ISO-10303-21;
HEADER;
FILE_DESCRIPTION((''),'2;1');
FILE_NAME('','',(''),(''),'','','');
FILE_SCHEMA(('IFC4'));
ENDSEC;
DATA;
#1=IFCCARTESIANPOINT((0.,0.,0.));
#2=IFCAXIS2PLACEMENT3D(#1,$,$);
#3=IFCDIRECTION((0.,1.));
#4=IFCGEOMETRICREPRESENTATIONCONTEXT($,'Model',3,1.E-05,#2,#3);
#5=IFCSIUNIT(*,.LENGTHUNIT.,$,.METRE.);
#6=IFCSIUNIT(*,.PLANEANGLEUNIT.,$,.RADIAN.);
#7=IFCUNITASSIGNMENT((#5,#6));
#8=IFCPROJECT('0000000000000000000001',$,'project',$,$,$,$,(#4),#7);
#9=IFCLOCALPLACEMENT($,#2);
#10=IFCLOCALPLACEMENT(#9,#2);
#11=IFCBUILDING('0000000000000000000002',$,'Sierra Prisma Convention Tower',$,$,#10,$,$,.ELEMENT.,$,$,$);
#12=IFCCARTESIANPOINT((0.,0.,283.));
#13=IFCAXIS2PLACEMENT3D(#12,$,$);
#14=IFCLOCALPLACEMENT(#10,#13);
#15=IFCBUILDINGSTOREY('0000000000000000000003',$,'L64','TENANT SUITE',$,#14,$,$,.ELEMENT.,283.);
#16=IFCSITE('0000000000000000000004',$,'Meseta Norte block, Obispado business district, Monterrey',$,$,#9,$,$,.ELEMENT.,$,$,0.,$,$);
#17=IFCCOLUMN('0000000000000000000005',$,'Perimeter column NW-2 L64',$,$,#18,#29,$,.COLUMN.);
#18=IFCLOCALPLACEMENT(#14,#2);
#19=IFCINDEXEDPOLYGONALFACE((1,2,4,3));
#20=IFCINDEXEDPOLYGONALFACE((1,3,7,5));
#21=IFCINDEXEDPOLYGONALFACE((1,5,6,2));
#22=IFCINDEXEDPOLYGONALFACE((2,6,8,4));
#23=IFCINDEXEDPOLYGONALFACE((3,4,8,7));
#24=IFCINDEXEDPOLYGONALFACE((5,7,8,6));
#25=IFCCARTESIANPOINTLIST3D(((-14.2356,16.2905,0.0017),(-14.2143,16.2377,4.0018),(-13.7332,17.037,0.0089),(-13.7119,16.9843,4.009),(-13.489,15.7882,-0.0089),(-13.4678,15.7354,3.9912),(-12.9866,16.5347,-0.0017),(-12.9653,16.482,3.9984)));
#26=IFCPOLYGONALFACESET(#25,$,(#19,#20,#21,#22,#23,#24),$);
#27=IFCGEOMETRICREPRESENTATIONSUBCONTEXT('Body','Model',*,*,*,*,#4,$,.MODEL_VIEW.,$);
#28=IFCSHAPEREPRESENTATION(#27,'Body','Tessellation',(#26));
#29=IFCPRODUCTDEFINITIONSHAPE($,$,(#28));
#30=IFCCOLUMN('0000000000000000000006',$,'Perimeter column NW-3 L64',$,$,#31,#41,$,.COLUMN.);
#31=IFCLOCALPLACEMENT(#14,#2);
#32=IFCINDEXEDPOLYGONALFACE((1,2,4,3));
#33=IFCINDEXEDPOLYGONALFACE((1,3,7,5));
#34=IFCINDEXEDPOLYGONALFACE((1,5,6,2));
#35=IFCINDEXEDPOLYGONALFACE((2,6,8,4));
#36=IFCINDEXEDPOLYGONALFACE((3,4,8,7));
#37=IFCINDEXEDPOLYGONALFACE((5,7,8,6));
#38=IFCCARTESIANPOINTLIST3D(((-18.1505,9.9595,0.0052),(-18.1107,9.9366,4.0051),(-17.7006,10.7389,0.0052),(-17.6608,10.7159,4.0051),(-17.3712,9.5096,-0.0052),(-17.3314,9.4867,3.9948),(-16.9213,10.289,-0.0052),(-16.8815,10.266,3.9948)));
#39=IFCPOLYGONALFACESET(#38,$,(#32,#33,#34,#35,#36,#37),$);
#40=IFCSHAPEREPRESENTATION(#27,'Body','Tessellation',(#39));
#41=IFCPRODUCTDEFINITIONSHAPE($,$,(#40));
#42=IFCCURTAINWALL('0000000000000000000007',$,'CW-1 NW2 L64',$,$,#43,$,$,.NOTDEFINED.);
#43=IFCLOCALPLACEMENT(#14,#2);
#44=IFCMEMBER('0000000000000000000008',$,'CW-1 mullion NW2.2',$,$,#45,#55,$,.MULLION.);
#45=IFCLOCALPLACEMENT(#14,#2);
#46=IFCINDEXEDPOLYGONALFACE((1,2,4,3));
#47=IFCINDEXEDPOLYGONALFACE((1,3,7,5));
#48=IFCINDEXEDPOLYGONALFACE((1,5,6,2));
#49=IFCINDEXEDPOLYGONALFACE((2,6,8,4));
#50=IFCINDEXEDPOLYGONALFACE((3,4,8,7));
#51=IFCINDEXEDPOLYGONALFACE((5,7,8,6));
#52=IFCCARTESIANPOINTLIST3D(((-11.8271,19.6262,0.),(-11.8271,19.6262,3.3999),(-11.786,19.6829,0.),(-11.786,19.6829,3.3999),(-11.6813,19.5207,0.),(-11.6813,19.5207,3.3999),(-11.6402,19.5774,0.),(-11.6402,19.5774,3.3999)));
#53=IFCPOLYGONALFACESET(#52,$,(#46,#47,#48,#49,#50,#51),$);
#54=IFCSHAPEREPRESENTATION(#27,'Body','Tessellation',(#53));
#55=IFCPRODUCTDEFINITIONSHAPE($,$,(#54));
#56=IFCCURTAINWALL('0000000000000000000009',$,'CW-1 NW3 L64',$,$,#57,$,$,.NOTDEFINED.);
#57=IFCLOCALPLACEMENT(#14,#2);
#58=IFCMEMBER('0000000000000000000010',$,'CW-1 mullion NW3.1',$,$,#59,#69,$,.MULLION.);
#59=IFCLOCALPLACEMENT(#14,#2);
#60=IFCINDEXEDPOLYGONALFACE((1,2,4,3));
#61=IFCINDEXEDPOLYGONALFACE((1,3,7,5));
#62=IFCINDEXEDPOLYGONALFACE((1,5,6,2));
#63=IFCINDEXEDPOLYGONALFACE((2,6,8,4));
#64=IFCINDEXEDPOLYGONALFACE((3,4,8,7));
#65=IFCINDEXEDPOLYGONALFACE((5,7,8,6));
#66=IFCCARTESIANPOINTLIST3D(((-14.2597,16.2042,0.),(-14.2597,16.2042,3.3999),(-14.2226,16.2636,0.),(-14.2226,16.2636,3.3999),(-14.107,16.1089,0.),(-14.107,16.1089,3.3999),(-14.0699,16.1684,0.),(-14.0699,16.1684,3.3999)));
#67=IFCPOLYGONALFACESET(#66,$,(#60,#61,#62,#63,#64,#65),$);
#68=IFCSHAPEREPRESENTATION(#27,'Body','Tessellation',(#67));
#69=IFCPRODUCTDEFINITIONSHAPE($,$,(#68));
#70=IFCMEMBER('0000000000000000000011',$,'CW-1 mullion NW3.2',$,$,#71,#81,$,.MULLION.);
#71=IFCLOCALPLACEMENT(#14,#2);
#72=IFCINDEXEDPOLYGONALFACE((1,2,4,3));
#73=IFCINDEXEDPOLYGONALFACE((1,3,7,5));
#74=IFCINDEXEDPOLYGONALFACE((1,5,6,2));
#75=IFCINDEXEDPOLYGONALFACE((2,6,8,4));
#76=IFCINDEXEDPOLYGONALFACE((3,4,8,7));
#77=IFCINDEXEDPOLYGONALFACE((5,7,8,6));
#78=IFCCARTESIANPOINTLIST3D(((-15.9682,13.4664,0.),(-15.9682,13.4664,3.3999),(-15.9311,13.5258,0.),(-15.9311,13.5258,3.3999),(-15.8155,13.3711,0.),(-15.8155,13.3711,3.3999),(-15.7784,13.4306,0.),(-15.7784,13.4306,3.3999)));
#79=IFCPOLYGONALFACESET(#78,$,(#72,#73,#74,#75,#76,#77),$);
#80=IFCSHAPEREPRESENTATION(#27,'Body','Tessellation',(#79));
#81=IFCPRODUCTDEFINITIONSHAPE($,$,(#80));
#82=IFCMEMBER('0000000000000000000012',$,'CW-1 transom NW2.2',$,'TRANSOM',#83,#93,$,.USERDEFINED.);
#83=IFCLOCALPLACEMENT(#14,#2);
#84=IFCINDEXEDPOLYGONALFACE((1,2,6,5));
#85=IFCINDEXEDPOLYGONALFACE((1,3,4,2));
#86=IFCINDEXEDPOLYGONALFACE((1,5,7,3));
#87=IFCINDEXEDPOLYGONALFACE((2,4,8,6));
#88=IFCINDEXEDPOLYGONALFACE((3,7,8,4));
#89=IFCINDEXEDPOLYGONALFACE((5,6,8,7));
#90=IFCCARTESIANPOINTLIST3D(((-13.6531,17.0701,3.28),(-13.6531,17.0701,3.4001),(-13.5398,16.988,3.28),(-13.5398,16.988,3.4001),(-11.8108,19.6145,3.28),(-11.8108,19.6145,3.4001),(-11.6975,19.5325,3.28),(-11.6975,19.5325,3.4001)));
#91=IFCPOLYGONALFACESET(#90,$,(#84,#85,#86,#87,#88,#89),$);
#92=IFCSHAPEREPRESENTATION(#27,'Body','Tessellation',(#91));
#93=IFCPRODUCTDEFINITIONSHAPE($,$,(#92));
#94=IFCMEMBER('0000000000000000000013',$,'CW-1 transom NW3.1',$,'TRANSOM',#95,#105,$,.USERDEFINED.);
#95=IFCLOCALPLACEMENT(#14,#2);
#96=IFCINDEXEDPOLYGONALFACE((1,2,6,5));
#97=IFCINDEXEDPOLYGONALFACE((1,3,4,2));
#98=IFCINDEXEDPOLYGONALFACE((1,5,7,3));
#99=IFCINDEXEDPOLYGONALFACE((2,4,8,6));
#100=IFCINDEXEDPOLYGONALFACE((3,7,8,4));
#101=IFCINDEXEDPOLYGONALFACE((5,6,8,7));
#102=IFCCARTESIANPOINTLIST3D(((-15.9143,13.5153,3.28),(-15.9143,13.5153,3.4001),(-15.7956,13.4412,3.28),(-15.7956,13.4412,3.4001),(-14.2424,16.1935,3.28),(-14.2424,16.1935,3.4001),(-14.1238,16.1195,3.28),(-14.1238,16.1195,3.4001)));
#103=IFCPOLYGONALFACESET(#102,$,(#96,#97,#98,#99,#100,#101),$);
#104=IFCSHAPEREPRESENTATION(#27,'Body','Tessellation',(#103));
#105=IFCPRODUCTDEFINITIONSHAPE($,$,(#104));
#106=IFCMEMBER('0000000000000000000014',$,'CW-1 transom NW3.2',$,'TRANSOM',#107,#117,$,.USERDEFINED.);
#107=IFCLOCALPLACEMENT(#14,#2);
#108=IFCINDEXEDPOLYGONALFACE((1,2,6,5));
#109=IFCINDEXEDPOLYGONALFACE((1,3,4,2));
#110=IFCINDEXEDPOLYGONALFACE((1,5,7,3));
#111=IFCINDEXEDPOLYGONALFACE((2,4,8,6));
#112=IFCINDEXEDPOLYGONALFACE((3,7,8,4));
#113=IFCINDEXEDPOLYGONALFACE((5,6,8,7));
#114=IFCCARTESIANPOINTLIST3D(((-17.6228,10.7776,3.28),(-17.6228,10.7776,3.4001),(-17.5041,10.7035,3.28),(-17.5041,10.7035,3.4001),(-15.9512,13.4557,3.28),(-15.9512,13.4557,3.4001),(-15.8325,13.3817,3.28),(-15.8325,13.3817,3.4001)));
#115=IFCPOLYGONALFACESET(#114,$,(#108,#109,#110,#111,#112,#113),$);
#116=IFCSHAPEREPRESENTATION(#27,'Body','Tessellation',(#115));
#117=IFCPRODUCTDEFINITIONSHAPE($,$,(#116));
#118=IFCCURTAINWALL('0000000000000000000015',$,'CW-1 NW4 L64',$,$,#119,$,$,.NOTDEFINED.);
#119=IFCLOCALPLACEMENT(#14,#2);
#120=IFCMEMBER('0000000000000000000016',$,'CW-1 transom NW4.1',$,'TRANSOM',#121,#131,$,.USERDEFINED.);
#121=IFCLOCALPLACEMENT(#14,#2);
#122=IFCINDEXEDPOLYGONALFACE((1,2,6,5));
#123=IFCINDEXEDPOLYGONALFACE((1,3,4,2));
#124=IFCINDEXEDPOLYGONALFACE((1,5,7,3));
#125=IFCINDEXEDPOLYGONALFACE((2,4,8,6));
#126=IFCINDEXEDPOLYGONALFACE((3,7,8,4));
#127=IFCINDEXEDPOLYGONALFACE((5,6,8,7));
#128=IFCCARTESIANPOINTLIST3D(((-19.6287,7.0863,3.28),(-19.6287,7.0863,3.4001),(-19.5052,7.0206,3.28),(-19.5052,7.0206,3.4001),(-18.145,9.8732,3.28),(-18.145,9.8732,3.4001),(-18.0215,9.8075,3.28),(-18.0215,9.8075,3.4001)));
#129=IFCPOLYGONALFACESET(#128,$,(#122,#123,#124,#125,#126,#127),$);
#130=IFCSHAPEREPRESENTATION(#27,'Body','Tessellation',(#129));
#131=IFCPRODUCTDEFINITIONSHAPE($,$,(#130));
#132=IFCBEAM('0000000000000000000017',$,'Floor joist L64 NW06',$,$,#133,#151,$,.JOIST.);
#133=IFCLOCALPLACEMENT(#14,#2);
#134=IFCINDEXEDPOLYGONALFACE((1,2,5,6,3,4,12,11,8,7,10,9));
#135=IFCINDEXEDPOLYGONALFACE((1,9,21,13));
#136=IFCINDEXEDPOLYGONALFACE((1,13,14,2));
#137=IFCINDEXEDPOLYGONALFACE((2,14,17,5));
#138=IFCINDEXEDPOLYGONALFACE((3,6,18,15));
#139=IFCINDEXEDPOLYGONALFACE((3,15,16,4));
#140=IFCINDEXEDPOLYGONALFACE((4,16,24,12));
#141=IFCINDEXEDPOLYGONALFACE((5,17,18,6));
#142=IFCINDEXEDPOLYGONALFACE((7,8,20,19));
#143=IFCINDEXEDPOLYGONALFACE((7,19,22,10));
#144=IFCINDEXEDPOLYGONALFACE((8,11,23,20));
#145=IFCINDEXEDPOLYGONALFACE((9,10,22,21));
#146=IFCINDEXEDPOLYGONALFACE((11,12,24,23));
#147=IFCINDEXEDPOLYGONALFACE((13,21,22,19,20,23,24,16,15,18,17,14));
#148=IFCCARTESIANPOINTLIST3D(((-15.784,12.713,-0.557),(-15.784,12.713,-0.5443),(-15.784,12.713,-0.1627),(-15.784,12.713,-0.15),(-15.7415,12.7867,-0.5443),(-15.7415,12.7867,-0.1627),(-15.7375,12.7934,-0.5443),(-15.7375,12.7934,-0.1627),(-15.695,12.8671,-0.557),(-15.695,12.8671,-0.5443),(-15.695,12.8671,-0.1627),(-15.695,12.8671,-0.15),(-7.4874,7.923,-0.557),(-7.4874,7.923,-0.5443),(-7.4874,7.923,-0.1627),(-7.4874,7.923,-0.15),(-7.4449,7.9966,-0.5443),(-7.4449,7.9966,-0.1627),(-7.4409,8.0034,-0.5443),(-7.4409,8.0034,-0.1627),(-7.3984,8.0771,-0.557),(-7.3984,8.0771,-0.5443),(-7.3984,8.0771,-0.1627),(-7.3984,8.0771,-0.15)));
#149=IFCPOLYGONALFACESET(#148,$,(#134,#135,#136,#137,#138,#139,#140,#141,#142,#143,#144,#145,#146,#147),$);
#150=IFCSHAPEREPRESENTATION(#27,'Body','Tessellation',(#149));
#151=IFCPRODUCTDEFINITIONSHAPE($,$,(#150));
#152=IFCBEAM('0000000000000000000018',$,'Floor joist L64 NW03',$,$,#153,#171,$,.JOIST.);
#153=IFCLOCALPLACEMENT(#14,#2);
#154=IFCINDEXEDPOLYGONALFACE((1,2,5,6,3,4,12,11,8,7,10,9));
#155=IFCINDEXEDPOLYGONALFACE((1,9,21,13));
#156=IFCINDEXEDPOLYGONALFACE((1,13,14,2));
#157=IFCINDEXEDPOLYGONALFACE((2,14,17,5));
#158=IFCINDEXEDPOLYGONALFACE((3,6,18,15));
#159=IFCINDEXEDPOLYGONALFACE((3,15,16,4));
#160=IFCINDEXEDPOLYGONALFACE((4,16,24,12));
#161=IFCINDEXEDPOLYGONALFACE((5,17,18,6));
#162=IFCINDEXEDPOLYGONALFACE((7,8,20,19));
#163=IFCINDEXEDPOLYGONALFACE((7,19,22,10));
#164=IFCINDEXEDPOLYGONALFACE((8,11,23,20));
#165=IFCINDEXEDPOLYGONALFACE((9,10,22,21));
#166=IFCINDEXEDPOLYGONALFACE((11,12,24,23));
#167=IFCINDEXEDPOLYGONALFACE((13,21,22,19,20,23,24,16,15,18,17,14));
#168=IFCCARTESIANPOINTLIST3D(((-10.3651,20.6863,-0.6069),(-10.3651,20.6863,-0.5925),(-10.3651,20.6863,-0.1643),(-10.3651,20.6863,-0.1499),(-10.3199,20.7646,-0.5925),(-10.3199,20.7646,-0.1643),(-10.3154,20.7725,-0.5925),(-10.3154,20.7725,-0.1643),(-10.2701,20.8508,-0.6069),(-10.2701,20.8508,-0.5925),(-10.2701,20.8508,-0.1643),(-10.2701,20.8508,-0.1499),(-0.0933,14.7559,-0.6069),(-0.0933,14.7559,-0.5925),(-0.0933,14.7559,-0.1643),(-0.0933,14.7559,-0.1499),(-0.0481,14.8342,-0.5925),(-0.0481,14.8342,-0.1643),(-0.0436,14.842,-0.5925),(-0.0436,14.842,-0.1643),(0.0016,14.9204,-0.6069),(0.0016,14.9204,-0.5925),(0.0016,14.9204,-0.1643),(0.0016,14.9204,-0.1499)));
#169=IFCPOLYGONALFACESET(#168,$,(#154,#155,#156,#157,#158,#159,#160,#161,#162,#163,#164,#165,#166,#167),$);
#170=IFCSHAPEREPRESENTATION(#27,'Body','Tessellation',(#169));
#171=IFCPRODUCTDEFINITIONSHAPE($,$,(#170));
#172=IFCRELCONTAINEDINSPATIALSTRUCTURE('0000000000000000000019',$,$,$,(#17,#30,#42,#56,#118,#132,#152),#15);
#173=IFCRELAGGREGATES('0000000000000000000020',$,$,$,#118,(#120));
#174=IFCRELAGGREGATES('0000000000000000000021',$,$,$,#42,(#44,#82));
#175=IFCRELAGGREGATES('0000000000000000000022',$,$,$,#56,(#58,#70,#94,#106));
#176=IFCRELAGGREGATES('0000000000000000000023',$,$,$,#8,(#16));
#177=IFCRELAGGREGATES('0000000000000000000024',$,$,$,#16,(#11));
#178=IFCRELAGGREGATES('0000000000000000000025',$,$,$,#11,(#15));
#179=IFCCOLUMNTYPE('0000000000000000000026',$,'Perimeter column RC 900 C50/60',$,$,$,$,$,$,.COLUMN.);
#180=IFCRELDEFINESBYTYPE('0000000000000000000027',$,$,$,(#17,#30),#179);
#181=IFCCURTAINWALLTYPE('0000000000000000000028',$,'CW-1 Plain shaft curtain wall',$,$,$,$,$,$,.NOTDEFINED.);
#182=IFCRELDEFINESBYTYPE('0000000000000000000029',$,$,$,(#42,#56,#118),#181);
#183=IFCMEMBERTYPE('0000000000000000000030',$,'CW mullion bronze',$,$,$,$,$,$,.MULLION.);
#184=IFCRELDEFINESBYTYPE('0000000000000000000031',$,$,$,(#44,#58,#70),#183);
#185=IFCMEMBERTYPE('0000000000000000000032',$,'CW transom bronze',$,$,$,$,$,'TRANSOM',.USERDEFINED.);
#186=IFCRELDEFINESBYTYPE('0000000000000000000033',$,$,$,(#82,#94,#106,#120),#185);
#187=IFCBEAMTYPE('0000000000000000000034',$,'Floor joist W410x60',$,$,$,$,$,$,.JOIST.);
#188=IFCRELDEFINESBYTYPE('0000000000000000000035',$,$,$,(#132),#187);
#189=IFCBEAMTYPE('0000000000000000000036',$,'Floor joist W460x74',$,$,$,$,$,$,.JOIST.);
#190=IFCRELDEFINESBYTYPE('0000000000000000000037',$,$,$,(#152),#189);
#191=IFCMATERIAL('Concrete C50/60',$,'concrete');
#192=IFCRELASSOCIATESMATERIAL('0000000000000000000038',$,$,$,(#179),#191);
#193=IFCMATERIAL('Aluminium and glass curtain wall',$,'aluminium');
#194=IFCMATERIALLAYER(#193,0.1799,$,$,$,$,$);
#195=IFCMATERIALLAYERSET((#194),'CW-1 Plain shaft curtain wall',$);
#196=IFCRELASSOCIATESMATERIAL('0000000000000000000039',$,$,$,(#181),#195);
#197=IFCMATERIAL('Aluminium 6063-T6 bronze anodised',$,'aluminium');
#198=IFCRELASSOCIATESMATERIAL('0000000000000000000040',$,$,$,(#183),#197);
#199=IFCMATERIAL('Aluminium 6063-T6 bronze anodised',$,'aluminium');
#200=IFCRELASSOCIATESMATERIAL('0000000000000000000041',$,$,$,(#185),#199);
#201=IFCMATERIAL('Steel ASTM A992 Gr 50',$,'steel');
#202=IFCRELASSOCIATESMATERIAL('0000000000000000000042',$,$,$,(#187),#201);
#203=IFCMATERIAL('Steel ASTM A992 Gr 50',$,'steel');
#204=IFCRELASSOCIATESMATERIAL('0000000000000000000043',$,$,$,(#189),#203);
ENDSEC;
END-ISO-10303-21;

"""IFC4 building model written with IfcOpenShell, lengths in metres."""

from ifc_helpers import new_model, si_unit, direction, frame, origin, origin_2d, place, context, subcontext, project, spatial, rectangle, i_section, extrude, material, layer, layer_set, material_profile, profile_set, type_object, element, aggregate, save


model = new_model("IFC4")

# Units and contexts
model_context = context("Model", 3, precision=1e-05, world=origin(), true_north=direction((0.0, 1.0)))
body_context = subcontext(model_context, "Body", "Model", "MODEL_VIEW")
ifc_project = project(units=[si_unit("LENGTHUNIT", "METRE"), si_unit("PLANEANGLEUNIT", "RADIAN")], contexts=[model_context])

# Site, building, storey
site_placement = place(None, origin())
site = spatial("IfcSite", under=ifc_project, at=site_placement, Name="Meseta Norte block, Obispado business district, Monterrey", CompositionType="ELEMENT", RefElevation=0.0)
building_placement = place(site_placement, origin())
building = spatial("IfcBuilding", under=site, at=building_placement, Name="Sierra Prisma Convention Tower", CompositionType="ELEMENT")
storey_placement = place(building_placement, frame((0.0, 0.0, 283.0)))
storey = spatial("IfcBuildingStorey", under=building, at=storey_placement, Name="L64", Description="TENANT SUITE", CompositionType="ELEMENT", Elevation=283.0)

# Columns
ifc_material_1 = material(Name="Concrete C50/60", Category="concrete")
ifc_material_profile_1 = material_profile(ifc_material_1, rectangle(XDim=0.8999, YDim=0.8999, at=origin_2d()), Name="Perimeter column RC 900 C50/60")
ifc_profile_set_1 = profile_set([ifc_material_profile_1], Name="Concrete C50/60")
column_type = type_object("IfcColumnType", Name="Perimeter column RC 900 C50/60", PredefinedType="COLUMN", material=ifc_profile_set_1)
column_1_placement = place(storey_placement, frame((-13.6111, 16.4126, 0.0), z_axis=(0.00531, -0.013182, 0.999899), x_axis=(0.558296, 0.829603, 0.007973)))
element("IfcColumn", 1, at=column_1_placement, inside=storey, type_object=column_type, Name="Perimeter column NW-2 L64", PredefinedType="COLUMN", context=body_context, shape_type="SweptSolid", body=[
    extrude(rectangle(XDim=0.8999, YDim=0.8999, at=origin_2d()), origin(), (0.0, 0.0, 1.0), 4.0005),
])
column_2_placement = place(storey_placement, frame((-17.5359, 10.1243, 0.0), z_axis=(0.009948, -0.005737, 0.999934), x_axis=(0.499975, 0.86604, -0.000005)))
element("IfcColumn", 2, at=column_2_placement, inside=storey, type_object=column_type, Name="Perimeter column NW-3 L64", PredefinedType="COLUMN", context=body_context, shape_type="SweptSolid", body=[
    extrude(rectangle(XDim=0.8999, YDim=0.8999, at=origin_2d()), origin(), (0.0, 0.0, 1.0), 4.0002),
])

# Curtain wall, member
ifc_material_2 = material(Name="Aluminium and glass curtain wall", Category="aluminium")
ifc_layer_1 = layer(ifc_material_2, 0.1799)
ifc_layer_set_1 = layer_set([ifc_layer_1], Name="CW-1 Plain shaft curtain wall")
curtain_wall_type = type_object("IfcCurtainWallType", Name="CW-1 Plain shaft curtain wall", PredefinedType="NOTDEFINED", material=ifc_layer_set_1)
curtain_wall_1_placement = place(storey_placement, origin())
curtain_wall_1 = element("IfcCurtainWall", 3, at=curtain_wall_1_placement, inside=storey, type_object=curtain_wall_type, Name="CW-1 NW2 L64", PredefinedType="NOTDEFINED")
ifc_material_3 = material(Name="Aluminium 6063-T6 bronze anodised", Category="aluminium")
ifc_material_profile_2 = material_profile(ifc_material_3, rectangle(XDim=0.1799, YDim=0.0701, at=origin_2d()), Name="ALU MULLION 70x180")
ifc_profile_set_2 = profile_set([ifc_material_profile_2], Name="Aluminium 6063-T6 bronze anodised")
member_type_1 = type_object("IfcMemberType", Name="CW mullion bronze", PredefinedType="MULLION", material=ifc_profile_set_2)
member_1_placement = place(storey_placement, frame((-11.7336, 19.6018, 0.0), z_axis=(0.0, 0.0, 1.0), x_axis=(0.809961, -0.586484, 0.0)))
member_1 = element("IfcMember", 4, at=member_1_placement, type_object=member_type_1, Name="CW-1 mullion NW2.2", PredefinedType="MULLION", context=body_context, shape_type="SweptSolid", body=[
    extrude(rectangle(XDim=0.1799, YDim=0.0701, at=origin_2d()), origin(), (0.0, 0.0, 1.0), 3.3999),
])

# Curtain wall, members
curtain_wall_2_placement = place(storey_placement, origin())
curtain_wall_2 = element("IfcCurtainWall", 5, at=curtain_wall_2_placement, inside=storey, type_object=curtain_wall_type, Name="CW-1 NW3 L64", PredefinedType="NOTDEFINED")
member_2_placement = place(storey_placement, frame((-14.1648, 16.1863, 0.0), z_axis=(0.0, 0.0, 1.0), x_axis=(0.848332, -0.529465, 0.0)))
member_2 = element("IfcMember", 6, at=member_2_placement, type_object=member_type_1, Name="CW-1 mullion NW3.1", PredefinedType="MULLION", context=body_context, shape_type="SweptSolid", body=[
    extrude(rectangle(XDim=0.1799, YDim=0.0701, at=origin_2d()), origin(), (0.0, 0.0, 1.0), 3.3999),
])
member_3_placement = place(storey_placement, frame((-15.8733, 13.4485, 0.0), z_axis=(0.0, 0.0, 1.0), x_axis=(0.848332, -0.529465, 0.0)))
member_3 = element("IfcMember", 7, at=member_3_placement, type_object=member_type_1, Name="CW-1 mullion NW3.2", PredefinedType="MULLION", context=body_context, shape_type="SweptSolid", body=[
    extrude(rectangle(XDim=0.1799, YDim=0.0701, at=origin_2d()), origin(), (0.0, 0.0, 1.0), 3.3999),
])

# Members
ifc_material_4 = material(Name="Aluminium 6063-T6 bronze anodised", Category="aluminium")
ifc_material_profile_3 = material_profile(ifc_material_4, rectangle(XDim=0.1399, YDim=0.1201, at=origin_2d()), Name="ALU TRANSOM 120x140")
ifc_profile_set_3 = profile_set([ifc_material_profile_3], Name="Aluminium 6063-T6 bronze anodised")
member_type_2 = type_object("IfcMemberType", Name="CW transom bronze", ElementType="TRANSOM", PredefinedType="USERDEFINED", material=ifc_profile_set_3)
member_4_placement = place(storey_placement, frame((-11.7542, 19.5735, 3.3401), z_axis=(-0.586461, -0.809978, 0.0), x_axis=(0.809978, -0.586461, 0.0)))
member_4 = element("IfcMember", 8, at=member_4_placement, type_object=member_type_2, Name="CW-1 transom NW2.2", ObjectType="TRANSOM", PredefinedType="USERDEFINED", context=body_context, shape_type="SweptSolid", body=[
    extrude(rectangle(XDim=0.1399, YDim=0.1201, at=origin_2d()), origin(), (0.0, 0.0, 1.0), 3.1414),
])
member_5_placement = place(storey_placement, frame((-14.1831, 16.1565, 3.3401), z_axis=(-0.52954, -0.848285, 0.0), x_axis=(0.848285, -0.52954, 0.0)))
member_5 = element("IfcMember", 9, at=member_5_placement, type_object=member_type_2, Name="CW-1 transom NW3.1", ObjectType="TRANSOM", PredefinedType="USERDEFINED", context=body_context, shape_type="SweptSolid", body=[
    extrude(rectangle(XDim=0.1399, YDim=0.1201, at=origin_2d()), origin(), (0.0, 0.0, 1.0), 3.1572),
])
member_6_placement = place(storey_placement, frame((-15.8918, 13.4187, 3.3401), z_axis=(-0.529484, -0.84832, 0.0), x_axis=(0.84832, -0.529484, 0.0)))
member_6 = element("IfcMember", 10, at=member_6_placement, type_object=member_type_2, Name="CW-1 transom NW3.2", ObjectType="TRANSOM", PredefinedType="USERDEFINED", context=body_context, shape_type="SweptSolid", body=[
    extrude(rectangle(XDim=0.1399, YDim=0.1201, at=origin_2d()), origin(), (0.0, 0.0, 1.0), 3.157),
])

# Curtain wall, member
curtain_wall_3_placement = place(storey_placement, origin())
curtain_wall_3 = element("IfcCurtainWall", 11, at=curtain_wall_3_placement, inside=storey, type_object=curtain_wall_type, Name="CW-1 NW4 L64", PredefinedType="NOTDEFINED")
member_7_placement = place(storey_placement, frame((-18.0833, 9.8403, 3.3401), z_axis=(-0.469926, -0.882706, 0.0), x_axis=(0.882706, -0.469926, 0.0)))
member_7 = element("IfcMember", 12, at=member_7_placement, type_object=member_type_2, Name="CW-1 transom NW4.1", ObjectType="TRANSOM", PredefinedType="USERDEFINED", context=body_context, shape_type="SweptSolid", body=[
    extrude(rectangle(XDim=0.1399, YDim=0.1201, at=origin_2d()), origin(), (0.0, 0.0, 1.0), 3.1572),
])
aggregate(curtain_wall_3, [member_7])

# Beams
ifc_material_5 = material(Name="Steel ASTM A992 Gr 50", Category="steel")
ifc_material_profile_4 = material_profile(ifc_material_5, i_section(OverallWidth=0.178, OverallDepth=0.407, WebThickness=0.0078, FlangeThickness=0.0127, at=origin_2d()), Name="W410x60")
ifc_profile_set_4 = profile_set([ifc_material_profile_4], Name="Steel ASTM A992 Gr 50")
beam_type_1 = type_object("IfcBeamType", Name="Floor joist W410x60", PredefinedType="JOIST", material=ifc_profile_set_4)
beam_1_placement = place(storey_placement, frame((-15.7395, 12.79, -0.3535), z_axis=(0.866026, -0.499998, 0.0), x_axis=(0.499998, 0.866026, 0.0)))
element("IfcBeam", 13, at=beam_1_placement, inside=storey, type_object=beam_type_1, Name="Floor joist L64 NW06", PredefinedType="JOIST", context=body_context, shape_type="SweptSolid", body=[
    extrude(i_section(OverallWidth=0.178, OverallDepth=0.407, WebThickness=0.0078, FlangeThickness=0.0127, at=origin_2d()), origin(), (0.0, 0.0, 1.0), 9.5801),
])
ifc_material_6 = material(Name="Steel ASTM A992 Gr 50", Category="steel")
ifc_material_profile_5 = material_profile(ifc_material_6, i_section(OverallWidth=0.1899, OverallDepth=0.457, WebThickness=0.009, FlangeThickness=0.0144, at=origin_2d()), Name="W460x74")
ifc_profile_set_5 = profile_set([ifc_material_profile_5], Name="Steel ASTM A992 Gr 50")
beam_type_2 = type_object("IfcBeamType", Name="Floor joist W460x74", PredefinedType="JOIST", material=ifc_profile_set_5)
beam_2_placement = place(storey_placement, frame((-10.3176, 20.7686, -0.3784), z_axis=(0.866024, -0.500002, 0.0), x_axis=(0.500002, 0.866024, 0.0)))
element("IfcBeam", 14, at=beam_2_placement, inside=storey, type_object=beam_type_2, Name="Floor joist L64 NW03", PredefinedType="JOIST", context=body_context, shape_type="SweptSolid", body=[
    extrude(i_section(OverallWidth=0.1899, OverallDepth=0.457, WebThickness=0.009, FlangeThickness=0.0144, at=origin_2d()), origin(), (0.0, 0.0, 1.0), 11.8608),
])

aggregate(curtain_wall_1, [member_1, member_4])
aggregate(curtain_wall_2, [member_2, member_3, member_5, member_6])

save(model, "model.ifc")
